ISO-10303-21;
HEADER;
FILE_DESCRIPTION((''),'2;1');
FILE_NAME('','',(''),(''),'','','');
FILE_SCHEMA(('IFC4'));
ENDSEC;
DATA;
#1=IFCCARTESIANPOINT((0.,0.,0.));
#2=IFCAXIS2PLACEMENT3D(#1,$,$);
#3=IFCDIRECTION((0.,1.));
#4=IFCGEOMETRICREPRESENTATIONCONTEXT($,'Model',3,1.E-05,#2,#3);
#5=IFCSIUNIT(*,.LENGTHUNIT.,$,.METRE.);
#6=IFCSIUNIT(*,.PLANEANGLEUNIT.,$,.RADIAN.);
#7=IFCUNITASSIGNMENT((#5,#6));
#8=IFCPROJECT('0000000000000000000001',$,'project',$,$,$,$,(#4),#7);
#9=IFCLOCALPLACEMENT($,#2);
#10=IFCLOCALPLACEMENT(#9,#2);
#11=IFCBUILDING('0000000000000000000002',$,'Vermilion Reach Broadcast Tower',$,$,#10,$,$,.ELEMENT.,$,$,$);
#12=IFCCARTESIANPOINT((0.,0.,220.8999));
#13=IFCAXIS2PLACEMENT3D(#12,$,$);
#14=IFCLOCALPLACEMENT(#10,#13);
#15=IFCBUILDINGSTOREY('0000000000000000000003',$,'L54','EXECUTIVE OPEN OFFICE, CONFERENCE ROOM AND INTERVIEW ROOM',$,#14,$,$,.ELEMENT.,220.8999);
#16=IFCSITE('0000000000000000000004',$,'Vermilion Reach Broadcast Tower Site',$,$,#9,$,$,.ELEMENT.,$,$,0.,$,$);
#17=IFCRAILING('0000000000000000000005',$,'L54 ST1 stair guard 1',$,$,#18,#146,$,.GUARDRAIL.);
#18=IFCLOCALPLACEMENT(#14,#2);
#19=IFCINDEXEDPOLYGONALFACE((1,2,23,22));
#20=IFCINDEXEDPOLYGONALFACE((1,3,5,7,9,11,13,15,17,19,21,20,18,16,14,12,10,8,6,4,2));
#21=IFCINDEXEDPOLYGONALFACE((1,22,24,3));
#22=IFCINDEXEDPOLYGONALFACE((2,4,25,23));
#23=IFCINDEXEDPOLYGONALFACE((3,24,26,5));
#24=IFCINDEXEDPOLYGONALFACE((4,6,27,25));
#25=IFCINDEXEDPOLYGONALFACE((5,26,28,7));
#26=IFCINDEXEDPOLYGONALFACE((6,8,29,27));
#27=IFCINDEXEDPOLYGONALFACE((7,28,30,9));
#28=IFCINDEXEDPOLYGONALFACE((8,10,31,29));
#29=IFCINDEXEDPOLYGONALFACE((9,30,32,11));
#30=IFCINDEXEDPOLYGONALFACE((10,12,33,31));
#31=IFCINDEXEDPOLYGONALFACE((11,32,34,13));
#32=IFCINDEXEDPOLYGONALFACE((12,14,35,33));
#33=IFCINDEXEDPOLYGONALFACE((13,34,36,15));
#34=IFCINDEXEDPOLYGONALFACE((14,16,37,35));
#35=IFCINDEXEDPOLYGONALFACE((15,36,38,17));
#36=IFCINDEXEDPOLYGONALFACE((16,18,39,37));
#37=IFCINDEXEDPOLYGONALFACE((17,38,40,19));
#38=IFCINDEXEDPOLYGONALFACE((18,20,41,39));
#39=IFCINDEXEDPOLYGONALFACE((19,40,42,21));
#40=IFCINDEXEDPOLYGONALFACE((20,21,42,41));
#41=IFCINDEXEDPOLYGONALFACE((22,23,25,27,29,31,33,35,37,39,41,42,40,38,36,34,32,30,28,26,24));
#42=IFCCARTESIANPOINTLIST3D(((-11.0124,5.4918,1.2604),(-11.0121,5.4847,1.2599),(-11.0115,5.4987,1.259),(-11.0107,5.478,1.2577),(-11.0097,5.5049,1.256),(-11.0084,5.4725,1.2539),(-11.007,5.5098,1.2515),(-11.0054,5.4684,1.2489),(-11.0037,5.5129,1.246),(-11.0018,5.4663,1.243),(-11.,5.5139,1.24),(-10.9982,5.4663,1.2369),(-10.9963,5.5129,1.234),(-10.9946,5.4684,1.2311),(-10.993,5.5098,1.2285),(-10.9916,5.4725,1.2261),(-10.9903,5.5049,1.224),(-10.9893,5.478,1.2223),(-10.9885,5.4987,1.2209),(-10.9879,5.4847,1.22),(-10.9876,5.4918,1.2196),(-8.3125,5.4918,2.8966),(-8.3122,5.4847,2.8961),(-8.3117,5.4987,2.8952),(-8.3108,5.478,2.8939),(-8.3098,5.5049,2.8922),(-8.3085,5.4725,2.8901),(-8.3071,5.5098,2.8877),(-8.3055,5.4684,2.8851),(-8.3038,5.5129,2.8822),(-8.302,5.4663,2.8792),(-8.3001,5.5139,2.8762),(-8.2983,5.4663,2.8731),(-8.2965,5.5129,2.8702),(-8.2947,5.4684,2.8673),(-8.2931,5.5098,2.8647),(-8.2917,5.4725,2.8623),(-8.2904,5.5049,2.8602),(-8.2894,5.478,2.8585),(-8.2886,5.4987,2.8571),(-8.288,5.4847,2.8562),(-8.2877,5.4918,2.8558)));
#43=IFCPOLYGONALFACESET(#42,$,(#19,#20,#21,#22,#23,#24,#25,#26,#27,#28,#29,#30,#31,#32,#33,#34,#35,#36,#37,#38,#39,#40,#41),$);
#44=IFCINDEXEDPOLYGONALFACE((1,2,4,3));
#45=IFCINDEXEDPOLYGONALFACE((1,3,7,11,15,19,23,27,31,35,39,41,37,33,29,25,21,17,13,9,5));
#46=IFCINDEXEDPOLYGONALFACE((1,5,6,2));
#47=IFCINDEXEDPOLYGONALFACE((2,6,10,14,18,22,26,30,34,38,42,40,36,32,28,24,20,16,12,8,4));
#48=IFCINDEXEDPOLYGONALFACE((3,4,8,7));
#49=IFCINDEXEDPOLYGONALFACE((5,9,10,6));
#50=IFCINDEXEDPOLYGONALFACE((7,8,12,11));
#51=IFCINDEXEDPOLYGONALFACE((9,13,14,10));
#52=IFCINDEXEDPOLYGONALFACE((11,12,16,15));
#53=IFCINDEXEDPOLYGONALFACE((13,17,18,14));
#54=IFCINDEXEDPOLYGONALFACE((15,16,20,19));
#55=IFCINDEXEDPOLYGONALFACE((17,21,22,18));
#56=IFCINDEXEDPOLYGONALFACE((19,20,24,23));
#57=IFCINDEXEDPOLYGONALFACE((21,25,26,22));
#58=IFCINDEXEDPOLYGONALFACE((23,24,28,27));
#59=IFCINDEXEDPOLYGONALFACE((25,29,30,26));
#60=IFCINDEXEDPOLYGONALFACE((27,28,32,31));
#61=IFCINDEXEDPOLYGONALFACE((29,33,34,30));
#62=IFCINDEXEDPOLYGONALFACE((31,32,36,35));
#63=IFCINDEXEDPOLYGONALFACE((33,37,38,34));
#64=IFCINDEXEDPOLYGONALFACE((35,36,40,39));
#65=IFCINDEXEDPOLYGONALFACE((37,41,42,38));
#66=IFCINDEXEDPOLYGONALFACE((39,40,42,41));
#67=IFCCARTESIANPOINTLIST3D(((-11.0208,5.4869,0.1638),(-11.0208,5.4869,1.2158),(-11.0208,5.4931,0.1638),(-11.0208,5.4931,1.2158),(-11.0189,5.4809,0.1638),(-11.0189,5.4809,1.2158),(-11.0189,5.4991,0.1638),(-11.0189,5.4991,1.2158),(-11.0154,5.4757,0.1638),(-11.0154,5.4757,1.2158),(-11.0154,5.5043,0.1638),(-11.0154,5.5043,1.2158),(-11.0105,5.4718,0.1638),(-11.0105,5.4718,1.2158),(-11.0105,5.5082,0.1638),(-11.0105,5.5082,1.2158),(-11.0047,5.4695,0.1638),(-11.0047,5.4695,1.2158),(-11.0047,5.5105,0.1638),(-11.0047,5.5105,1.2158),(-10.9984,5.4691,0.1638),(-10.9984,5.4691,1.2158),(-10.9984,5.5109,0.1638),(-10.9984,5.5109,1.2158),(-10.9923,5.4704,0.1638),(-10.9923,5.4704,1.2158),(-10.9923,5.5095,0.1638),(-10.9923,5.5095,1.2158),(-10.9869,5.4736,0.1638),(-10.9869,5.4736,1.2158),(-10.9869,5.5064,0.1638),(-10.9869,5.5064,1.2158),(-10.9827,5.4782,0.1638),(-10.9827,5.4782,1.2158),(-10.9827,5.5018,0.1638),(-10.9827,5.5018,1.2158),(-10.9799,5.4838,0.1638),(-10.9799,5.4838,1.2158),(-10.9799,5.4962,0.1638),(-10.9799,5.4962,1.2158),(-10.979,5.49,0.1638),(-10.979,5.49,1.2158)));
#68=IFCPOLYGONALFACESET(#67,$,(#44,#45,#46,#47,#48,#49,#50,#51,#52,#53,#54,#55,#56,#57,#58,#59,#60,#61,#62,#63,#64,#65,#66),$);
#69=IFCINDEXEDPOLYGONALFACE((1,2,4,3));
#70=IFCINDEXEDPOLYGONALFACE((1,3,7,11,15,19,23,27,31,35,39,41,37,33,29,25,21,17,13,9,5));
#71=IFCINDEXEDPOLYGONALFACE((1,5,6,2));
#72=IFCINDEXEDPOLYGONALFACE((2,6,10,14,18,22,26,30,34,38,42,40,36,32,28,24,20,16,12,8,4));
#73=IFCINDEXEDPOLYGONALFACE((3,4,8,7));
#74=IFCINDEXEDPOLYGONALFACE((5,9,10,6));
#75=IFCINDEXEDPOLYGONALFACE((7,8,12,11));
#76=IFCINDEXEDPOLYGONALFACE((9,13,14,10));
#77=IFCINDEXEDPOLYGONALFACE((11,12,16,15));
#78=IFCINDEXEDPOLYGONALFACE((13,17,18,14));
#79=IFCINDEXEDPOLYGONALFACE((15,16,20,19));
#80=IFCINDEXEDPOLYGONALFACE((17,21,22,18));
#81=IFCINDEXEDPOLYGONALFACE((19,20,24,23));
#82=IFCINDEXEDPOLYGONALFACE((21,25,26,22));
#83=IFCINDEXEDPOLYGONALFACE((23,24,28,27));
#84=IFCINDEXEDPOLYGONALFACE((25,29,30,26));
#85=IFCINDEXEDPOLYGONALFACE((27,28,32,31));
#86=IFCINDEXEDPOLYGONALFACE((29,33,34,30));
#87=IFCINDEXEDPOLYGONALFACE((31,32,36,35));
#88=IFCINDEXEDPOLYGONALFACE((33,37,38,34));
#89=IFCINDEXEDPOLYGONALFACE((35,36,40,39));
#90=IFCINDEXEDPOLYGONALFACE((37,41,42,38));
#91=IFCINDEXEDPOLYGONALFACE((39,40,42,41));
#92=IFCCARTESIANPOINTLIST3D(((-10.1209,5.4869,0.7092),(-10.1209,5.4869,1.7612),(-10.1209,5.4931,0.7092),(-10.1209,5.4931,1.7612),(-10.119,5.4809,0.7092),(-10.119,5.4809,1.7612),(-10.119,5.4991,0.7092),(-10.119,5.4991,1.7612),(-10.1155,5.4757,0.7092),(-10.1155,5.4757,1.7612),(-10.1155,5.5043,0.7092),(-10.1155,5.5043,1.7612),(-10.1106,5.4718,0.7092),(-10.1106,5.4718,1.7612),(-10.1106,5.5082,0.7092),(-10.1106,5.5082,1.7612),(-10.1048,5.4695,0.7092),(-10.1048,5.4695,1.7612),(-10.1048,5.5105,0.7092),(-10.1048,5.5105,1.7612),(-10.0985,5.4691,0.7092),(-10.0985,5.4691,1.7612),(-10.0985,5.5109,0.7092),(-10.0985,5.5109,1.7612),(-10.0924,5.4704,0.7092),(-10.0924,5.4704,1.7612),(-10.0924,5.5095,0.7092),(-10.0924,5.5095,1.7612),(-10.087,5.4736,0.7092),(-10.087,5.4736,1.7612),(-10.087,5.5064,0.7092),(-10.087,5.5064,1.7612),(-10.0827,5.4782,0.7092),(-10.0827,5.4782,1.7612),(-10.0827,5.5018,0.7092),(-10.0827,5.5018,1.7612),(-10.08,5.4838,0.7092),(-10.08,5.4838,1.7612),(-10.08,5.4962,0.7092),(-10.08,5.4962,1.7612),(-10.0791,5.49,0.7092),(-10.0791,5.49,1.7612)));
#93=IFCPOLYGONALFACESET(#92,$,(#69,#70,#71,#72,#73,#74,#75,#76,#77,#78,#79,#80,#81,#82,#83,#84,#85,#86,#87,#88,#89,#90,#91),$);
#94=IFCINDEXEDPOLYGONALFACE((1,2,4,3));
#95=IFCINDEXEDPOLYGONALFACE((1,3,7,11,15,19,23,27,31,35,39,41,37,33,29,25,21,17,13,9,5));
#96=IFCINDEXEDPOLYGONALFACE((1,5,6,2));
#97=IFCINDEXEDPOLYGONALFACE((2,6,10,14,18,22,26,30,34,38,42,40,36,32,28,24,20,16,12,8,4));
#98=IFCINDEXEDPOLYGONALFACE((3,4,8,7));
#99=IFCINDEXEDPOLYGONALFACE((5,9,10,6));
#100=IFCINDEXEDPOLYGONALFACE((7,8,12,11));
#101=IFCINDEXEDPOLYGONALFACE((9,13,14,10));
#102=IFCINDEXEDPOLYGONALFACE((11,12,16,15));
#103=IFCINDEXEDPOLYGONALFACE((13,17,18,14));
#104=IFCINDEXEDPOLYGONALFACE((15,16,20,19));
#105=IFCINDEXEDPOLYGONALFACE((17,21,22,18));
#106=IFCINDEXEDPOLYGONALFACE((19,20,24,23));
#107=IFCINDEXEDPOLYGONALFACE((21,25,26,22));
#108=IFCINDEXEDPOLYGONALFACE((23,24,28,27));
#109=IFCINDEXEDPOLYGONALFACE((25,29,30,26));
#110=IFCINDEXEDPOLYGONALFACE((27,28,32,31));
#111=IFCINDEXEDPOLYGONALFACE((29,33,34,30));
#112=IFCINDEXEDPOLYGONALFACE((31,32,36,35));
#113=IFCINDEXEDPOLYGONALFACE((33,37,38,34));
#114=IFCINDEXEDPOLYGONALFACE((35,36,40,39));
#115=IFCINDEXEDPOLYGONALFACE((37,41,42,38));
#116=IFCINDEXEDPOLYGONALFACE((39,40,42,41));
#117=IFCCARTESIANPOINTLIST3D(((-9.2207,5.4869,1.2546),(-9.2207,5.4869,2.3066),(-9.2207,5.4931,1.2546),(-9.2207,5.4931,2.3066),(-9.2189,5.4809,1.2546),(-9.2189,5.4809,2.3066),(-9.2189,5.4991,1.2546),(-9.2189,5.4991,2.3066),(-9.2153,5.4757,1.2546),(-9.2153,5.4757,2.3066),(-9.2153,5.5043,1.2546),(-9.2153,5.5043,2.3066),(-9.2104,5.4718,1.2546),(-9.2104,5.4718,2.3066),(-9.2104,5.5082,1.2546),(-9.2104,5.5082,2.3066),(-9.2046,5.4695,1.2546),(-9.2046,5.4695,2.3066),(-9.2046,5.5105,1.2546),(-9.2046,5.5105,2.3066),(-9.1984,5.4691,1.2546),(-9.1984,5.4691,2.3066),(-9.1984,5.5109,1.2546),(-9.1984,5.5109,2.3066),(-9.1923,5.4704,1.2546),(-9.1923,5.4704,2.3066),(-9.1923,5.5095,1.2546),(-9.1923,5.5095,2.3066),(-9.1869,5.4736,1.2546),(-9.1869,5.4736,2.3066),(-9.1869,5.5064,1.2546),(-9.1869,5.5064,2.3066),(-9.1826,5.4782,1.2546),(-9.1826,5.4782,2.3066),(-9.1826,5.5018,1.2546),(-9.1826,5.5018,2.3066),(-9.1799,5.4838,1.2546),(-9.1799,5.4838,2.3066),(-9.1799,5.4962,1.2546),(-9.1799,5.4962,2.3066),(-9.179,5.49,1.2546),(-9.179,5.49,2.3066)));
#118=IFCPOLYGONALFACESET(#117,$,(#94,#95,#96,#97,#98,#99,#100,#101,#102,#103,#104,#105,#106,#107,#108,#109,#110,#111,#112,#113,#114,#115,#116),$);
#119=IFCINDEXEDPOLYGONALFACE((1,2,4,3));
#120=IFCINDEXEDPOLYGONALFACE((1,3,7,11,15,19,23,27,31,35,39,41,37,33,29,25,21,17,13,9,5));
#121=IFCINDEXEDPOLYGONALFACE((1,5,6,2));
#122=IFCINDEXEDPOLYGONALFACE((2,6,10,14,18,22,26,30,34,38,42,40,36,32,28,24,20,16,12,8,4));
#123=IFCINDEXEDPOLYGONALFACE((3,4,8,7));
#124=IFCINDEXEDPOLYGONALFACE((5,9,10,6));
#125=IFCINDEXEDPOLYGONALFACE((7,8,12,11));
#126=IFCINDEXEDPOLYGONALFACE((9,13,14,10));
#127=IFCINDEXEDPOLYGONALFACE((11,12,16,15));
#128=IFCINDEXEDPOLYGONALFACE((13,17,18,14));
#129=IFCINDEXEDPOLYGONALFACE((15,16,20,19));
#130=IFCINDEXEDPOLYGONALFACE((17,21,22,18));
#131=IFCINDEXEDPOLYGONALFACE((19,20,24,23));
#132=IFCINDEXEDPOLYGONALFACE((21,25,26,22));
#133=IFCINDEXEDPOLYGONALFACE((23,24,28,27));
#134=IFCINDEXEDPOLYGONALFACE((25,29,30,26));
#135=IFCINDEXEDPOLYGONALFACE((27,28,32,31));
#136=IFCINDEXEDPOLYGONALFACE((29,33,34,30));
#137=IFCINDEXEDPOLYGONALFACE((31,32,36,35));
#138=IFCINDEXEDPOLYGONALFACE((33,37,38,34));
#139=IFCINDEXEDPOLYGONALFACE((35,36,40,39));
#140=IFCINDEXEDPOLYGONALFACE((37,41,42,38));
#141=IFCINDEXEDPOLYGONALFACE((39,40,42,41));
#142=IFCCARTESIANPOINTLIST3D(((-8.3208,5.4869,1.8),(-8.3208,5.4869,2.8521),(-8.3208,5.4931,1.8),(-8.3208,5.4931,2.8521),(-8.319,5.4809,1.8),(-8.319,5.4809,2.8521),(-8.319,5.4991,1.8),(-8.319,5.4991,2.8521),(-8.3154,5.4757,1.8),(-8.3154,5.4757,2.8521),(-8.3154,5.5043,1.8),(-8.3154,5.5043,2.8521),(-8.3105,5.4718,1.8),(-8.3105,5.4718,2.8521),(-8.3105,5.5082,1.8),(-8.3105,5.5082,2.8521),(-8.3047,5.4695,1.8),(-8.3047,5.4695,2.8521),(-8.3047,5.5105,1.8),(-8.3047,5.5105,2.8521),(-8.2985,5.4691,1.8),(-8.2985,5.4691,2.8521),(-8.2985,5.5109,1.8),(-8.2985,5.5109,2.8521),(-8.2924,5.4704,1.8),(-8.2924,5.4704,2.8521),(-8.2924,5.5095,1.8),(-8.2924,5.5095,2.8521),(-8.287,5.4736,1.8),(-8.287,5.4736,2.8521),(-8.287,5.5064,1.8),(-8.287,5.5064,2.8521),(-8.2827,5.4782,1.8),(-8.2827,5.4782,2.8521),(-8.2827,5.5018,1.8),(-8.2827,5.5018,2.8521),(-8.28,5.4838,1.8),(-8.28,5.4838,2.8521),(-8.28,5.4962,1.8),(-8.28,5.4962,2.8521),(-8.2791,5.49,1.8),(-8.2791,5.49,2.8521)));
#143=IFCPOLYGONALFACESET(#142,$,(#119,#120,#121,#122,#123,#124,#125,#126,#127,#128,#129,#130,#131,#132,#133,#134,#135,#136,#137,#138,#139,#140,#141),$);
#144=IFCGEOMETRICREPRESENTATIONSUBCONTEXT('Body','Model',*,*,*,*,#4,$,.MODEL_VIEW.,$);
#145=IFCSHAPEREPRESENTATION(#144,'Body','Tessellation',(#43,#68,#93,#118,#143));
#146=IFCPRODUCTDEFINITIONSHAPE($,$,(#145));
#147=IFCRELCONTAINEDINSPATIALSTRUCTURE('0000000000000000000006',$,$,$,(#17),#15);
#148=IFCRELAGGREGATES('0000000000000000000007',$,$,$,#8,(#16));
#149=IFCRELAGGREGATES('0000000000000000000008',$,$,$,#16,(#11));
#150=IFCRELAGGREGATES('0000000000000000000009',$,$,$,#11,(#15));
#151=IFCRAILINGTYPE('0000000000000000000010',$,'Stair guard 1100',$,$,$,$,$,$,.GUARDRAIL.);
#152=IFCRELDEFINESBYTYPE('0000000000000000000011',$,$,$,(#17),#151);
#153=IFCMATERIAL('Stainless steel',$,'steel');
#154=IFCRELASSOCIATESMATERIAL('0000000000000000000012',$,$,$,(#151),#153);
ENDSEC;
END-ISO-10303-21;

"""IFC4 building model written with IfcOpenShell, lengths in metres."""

from ifc_helpers import new_model, si_unit, direction, frame, origin, origin_2d, place, context, subcontext, project, spatial, circle, extrude, material, type_object, element, save


model = new_model("IFC4")

# Units and contexts
model_context = context("Model", 3, precision=1e-05, world=origin(), true_north=direction((0.0, 1.0)))
body_context = subcontext(model_context, "Body", "Model", "MODEL_VIEW")
ifc_project = project(units=[si_unit("LENGTHUNIT", "METRE"), si_unit("PLANEANGLEUNIT", "RADIAN")], contexts=[model_context])

# Site, building, storey
site_placement = place(None, origin())
site = spatial("IfcSite", under=ifc_project, at=site_placement, Name="Vermilion Reach Broadcast Tower Site", CompositionType="ELEMENT", RefElevation=0.0)
building_placement = place(site_placement, origin())
building = spatial("IfcBuilding", under=site, at=building_placement, Name="Vermilion Reach Broadcast Tower", CompositionType="ELEMENT")
storey_placement = place(building_placement, frame((0.0, 0.0, 220.8999)))
storey = spatial("IfcBuildingStorey", under=building, at=storey_placement, Name="L54", Description="EXECUTIVE OPEN OFFICE, CONFERENCE ROOM AND INTERVIEW ROOM", CompositionType="ELEMENT", Elevation=220.8999)

# Railing
ifc_material_1 = material(Name="Stainless steel", Category="steel")
railing_type_1 = type_object("IfcRailingType", Name="Stair guard 1100", PredefinedType="GUARDRAIL", material=ifc_material_1)
railing_1_placement = place(storey_placement, frame((-11.0, 5.49, 0.1638)))
element("IfcRailing", 1, at=railing_1_placement, inside=storey, type_object=railing_type_1, Name="L54 ST1 stair guard 1", PredefinedType="GUARDRAIL", context=body_context, shape_type="SweptSolid", body=[
    extrude(circle(Radius=0.0239, at=origin_2d()), frame((0.0, 0.0, 1.0762), z_axis=(0.855212, 0.0, 0.518278), x_axis=(0.0, 1.0, 0.0)), (0.0, 0.0, 1.0), 3.157),
    extrude(circle(Radius=0.021, at=origin_2d()), origin(), (0.0, 0.0, 1.0), 1.052),
    extrude(circle(Radius=0.021, at=origin_2d()), frame((0.8999, 0.0, 0.5454)), (0.0, 0.0, 1.0), 1.052),
    extrude(circle(Radius=0.021, at=origin_2d()), frame((1.8, 0.0, 1.0908)), (0.0, 0.0, 1.0), 1.052),
    extrude(circle(Radius=0.021, at=origin_2d()), frame((2.7, 0.0, 1.6362)), (0.0, 0.0, 1.0), 1.052),
])

save(model, "model.ifc")
